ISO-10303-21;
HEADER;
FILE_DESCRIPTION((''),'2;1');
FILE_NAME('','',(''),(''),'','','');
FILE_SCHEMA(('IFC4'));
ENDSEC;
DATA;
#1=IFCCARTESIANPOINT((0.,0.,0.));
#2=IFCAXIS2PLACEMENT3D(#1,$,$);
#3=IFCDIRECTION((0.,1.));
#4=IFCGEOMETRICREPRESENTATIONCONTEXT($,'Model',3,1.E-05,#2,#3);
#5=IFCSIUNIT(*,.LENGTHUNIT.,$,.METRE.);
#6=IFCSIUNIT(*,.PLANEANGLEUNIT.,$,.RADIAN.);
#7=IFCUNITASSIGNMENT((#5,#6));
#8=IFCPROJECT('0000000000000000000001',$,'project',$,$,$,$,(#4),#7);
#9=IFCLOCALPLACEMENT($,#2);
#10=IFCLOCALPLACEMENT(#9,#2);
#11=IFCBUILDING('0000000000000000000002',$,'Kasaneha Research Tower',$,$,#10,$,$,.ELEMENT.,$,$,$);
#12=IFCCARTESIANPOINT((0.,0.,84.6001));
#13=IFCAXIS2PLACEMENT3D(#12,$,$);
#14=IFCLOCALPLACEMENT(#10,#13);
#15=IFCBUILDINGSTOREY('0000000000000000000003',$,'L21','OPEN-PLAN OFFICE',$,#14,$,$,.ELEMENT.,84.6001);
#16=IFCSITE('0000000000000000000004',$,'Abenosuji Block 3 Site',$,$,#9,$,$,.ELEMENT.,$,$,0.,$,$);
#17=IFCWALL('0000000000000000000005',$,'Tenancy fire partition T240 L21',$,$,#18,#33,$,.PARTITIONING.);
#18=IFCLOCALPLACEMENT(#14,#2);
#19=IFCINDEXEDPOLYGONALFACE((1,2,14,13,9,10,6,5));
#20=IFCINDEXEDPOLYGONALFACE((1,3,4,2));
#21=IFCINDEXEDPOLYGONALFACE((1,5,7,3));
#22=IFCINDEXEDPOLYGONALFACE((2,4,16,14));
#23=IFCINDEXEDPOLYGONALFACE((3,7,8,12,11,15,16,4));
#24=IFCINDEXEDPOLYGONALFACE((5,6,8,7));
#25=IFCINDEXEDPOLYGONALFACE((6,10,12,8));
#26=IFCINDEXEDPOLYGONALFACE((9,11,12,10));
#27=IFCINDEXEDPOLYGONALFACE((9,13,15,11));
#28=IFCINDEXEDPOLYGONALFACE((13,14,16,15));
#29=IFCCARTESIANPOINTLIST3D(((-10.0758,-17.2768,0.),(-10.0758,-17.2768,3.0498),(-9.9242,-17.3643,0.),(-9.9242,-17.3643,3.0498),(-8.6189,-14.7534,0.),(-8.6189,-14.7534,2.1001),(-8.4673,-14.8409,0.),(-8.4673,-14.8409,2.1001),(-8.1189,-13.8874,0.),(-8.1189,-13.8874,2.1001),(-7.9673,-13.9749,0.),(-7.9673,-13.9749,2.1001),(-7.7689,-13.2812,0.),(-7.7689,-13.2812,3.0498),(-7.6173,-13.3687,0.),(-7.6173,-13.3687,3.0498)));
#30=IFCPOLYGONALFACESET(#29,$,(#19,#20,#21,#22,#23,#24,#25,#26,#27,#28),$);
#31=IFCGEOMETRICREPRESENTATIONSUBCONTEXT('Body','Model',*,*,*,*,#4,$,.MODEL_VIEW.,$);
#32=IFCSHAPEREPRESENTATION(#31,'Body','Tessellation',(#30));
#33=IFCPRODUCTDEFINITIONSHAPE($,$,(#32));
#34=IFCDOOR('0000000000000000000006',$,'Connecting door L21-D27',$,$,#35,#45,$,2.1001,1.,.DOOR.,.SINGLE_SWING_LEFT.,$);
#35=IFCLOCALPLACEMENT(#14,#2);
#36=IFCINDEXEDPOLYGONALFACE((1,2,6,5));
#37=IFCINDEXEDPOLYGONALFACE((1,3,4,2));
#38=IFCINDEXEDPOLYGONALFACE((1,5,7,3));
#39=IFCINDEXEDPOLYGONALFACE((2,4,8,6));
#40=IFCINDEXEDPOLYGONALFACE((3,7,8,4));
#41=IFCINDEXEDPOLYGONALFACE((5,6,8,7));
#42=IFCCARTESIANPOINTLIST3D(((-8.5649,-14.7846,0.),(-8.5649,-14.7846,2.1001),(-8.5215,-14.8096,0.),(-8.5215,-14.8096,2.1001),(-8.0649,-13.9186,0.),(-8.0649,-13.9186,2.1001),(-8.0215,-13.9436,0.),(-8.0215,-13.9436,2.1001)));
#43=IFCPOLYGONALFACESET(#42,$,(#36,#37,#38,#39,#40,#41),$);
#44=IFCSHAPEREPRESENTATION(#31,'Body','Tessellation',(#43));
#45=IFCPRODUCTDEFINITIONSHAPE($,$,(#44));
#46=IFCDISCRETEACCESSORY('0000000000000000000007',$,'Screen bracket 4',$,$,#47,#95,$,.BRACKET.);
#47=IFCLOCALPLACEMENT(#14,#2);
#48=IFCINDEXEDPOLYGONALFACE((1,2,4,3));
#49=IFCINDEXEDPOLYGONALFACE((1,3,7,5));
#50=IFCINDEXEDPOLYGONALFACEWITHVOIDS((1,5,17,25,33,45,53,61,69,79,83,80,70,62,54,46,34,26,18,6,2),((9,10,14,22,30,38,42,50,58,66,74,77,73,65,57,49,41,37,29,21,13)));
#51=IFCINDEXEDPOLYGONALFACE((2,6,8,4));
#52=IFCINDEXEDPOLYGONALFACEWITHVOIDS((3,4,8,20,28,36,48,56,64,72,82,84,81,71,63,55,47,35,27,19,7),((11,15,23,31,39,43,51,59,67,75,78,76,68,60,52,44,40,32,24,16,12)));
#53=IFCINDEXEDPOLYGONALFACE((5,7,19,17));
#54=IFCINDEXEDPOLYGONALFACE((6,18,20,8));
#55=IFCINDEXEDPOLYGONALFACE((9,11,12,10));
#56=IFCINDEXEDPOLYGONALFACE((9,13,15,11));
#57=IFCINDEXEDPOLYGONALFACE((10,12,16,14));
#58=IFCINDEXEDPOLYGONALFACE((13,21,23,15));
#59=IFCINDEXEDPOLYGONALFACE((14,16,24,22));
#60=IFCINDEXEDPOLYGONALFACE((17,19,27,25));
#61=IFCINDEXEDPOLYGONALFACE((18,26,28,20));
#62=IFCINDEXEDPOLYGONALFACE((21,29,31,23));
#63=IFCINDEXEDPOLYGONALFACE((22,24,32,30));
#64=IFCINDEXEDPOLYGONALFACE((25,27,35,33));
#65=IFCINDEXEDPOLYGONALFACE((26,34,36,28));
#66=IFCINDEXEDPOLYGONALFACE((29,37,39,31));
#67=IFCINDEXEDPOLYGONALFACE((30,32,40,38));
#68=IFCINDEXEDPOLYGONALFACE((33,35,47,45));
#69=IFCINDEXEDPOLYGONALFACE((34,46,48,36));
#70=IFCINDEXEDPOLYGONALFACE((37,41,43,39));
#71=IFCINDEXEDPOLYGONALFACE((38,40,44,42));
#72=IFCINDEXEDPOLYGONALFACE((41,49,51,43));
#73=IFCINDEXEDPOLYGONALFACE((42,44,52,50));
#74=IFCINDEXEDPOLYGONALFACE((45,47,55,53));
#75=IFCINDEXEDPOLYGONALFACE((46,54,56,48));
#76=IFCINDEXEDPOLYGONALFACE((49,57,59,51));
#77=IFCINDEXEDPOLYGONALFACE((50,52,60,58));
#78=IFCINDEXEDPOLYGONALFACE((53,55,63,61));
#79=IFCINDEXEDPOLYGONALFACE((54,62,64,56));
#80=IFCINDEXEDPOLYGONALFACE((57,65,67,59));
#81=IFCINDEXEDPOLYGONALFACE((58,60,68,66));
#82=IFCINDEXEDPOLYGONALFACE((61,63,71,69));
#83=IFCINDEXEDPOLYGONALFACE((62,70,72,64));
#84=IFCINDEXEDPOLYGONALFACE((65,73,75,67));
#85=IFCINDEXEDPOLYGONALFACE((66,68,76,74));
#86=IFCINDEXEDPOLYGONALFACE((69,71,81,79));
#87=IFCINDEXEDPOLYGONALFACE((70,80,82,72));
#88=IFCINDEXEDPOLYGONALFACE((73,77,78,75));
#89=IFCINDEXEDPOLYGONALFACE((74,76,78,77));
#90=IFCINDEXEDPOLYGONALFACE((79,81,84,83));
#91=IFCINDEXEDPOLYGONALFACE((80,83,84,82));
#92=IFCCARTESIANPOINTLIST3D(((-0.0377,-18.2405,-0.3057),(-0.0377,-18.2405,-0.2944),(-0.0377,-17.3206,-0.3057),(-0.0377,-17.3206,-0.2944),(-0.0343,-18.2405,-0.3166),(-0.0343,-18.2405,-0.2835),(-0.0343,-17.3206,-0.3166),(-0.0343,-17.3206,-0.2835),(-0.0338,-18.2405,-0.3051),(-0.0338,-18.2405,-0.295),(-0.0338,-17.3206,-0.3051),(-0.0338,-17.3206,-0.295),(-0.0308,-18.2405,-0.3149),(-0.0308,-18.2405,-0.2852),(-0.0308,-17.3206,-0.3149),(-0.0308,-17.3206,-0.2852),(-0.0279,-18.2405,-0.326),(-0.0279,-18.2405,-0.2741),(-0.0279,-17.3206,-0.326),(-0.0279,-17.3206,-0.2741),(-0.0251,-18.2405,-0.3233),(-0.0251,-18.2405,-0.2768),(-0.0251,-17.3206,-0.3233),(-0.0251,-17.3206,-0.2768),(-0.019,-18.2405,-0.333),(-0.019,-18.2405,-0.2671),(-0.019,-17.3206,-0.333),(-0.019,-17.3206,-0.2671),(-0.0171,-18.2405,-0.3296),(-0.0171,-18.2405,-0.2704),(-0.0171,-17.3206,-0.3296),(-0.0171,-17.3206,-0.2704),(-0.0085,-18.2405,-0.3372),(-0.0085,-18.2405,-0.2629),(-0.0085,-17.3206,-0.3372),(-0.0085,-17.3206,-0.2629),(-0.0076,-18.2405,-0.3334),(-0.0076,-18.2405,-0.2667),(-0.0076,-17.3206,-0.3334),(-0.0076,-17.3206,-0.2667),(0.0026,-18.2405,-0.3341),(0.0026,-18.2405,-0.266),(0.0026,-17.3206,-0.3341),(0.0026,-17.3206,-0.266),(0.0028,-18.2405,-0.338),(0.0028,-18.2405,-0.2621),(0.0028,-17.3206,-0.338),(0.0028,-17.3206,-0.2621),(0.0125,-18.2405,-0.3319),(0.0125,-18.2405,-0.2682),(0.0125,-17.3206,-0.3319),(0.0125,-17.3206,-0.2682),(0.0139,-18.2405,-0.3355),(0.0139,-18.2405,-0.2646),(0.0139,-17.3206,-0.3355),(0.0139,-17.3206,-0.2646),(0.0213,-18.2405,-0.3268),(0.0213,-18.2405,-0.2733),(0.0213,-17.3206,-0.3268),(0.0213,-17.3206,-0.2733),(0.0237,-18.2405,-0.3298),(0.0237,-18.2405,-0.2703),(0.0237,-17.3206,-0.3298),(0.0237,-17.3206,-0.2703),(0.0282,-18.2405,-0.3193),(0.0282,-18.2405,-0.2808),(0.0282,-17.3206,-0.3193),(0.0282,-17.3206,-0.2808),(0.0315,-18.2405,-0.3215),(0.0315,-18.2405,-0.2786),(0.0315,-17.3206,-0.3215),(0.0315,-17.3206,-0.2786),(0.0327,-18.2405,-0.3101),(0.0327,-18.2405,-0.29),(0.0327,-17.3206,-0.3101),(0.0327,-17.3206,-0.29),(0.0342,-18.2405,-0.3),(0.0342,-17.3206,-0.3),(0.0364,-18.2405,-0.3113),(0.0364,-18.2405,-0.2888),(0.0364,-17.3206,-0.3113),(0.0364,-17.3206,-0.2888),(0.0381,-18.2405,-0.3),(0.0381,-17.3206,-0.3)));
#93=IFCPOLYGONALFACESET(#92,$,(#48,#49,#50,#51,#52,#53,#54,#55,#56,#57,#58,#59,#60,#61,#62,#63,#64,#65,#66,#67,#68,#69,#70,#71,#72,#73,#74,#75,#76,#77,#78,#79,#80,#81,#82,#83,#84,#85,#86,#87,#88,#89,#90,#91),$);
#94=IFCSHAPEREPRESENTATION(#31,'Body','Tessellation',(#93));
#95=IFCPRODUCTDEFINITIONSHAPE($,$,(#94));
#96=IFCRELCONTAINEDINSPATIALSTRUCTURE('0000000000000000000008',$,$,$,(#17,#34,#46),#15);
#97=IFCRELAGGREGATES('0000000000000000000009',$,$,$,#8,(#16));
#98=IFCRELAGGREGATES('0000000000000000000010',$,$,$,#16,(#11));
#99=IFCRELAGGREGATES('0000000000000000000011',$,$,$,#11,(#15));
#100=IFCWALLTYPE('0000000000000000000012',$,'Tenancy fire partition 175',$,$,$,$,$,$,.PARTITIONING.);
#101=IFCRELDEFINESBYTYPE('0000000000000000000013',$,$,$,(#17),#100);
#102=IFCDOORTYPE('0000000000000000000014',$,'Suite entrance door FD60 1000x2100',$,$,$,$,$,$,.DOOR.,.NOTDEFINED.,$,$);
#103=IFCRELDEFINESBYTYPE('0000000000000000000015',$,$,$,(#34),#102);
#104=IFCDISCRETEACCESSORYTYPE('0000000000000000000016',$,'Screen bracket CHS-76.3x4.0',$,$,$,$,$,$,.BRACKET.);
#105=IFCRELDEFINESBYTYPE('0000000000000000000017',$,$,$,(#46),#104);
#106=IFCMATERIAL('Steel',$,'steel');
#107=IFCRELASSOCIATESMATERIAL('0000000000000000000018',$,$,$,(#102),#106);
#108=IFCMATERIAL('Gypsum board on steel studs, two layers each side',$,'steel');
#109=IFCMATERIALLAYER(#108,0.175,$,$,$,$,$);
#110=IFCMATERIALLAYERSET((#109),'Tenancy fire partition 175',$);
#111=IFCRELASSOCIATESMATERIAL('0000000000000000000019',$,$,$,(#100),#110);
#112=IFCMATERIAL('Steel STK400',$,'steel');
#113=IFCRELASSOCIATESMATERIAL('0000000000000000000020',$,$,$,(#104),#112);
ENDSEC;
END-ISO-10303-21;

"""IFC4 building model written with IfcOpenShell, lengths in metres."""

from ifc_helpers import new_model, si_unit, direction, frame, frame_2d, origin, origin_2d, place, context, subcontext, project, spatial, rectangle, hollow_circle, extrude, material, layer, layer_set, material_profile, profile_set, type_object, element, fill, save


model = new_model("IFC4")

# Units and contexts
model_context = context("Model", 3, precision=1e-05, world=origin(), true_north=direction((0.0, 1.0)))
body_context = subcontext(model_context, "Body", "Model", "MODEL_VIEW")
ifc_project = project(units=[si_unit("LENGTHUNIT", "METRE"), si_unit("PLANEANGLEUNIT", "RADIAN")], contexts=[model_context])

# Site, building, storey
site_placement = place(None, origin())
site = spatial("IfcSite", under=ifc_project, at=site_placement, Name="Abenosuji Block 3 Site", CompositionType="ELEMENT", RefElevation=0.0)
building_placement = place(site_placement, origin())
building = spatial("IfcBuilding", under=site, at=building_placement, Name="Kasaneha Research Tower", CompositionType="ELEMENT")
storey_placement = place(building_placement, frame((0.0, 0.0, 84.6001)))
storey = spatial("IfcBuildingStorey", under=building, at=storey_placement, Name="L21", Description="OPEN-PLAN OFFICE", CompositionType="ELEMENT", Elevation=84.6001)

# Shared definitions
ifc_material_1 = material(Name="Steel", Category="steel")
door_type_1 = type_object("IfcDoorType", Name="Suite entrance door FD60 1000x2100", OperationType="NOTDEFINED", PredefinedType="DOOR", material=ifc_material_1)

# Wall, opening, door
ifc_material_2 = material(Name="Gypsum board on steel studs, two layers each side", Category="steel")
ifc_layer_1 = layer(ifc_material_2, 0.175)
ifc_layer_set_1 = layer_set([ifc_layer_1], Name="Tenancy fire partition 175")
wall_type_1 = type_object("IfcWallType", Name="Tenancy fire partition 175", PredefinedType="PARTITIONING", material=ifc_layer_set_1)
wall_1_placement = place(storey_placement, frame((-7.6931, -13.325, 0.0), z_axis=(0.0, 0.0, 1.0), x_axis=(-0.500003, -0.866023, 0.0)))
wall_1 = element("IfcWall", 1, at=wall_1_placement, inside=storey, type_object=wall_type_1, Name="Tenancy fire partition T240 L21", PredefinedType="PARTITIONING", context=body_context, shape_type="SweptSolid", body=[
    extrude(rectangle(XDim=4.6138, YDim=0.175, at=frame_2d((2.3069, 0.0))), origin(), (0.0, 0.0, 1.0), 3.0498),
])
opening_1_placement = place(wall_1_placement, frame((0.7, 0.0, 0.0)))
opening_1 = element("IfcOpeningElement", 2, at=opening_1_placement, cuts=wall_1, PredefinedType="OPENING", context=body_context, shape_type="SweptSolid", body=[
    extrude(rectangle(XDim=1.0, YDim=2.1001, at=frame_2d((0.5, 1.05))), frame((0.0, 0.0977, 0.0), z_axis=(0.0, -1.0, 0.0), x_axis=(1.0, 0.0, 0.0)), (0.0, 0.0, 1.0), 0.1951),
])
door_1_placement = place(opening_1_placement, origin())
door_1 = element("IfcDoor", 3, at=door_1_placement, inside=storey, type_object=door_type_1, Name="Connecting door L21-D27", OperationType="SINGLE_SWING_LEFT", OverallHeight=2.1001, OverallWidth=1.0, PredefinedType="DOOR", context=body_context, shape_type="SweptSolid", body=[
    extrude(rectangle(XDim=1.0, YDim=2.1001, at=frame_2d((0.5, 1.05))), frame((0.0, 0.0249, 0.0), z_axis=(0.0, -1.0, 0.0), x_axis=(1.0, 0.0, 0.0)), (0.0, 0.0, 1.0), 0.05),
])
fill(opening_1, door_1)

# Discrete accessory
ifc_material_3 = material(Name="Steel STK400", Category="steel")
ifc_material_profile_1 = material_profile(ifc_material_3, hollow_circle(Radius=0.0381, WallThickness=0.0039, at=origin_2d()), Name="CHS-76.3x4.0")
ifc_profile_set_1 = profile_set([ifc_material_profile_1], Name="Steel STK400")
discrete_accessory_type = type_object("IfcDiscreteAccessoryType", Name="Screen bracket CHS-76.3x4.0", PredefinedType="BRACKET", material=ifc_profile_set_1)
discrete_accessory_placement = place(storey_placement, frame((0.0, -17.3206, -0.3), z_axis=(0.0, -1.0, 0.0), x_axis=(1.0, 0.0, 0.0)))
element("IfcDiscreteAccessory", 4, at=discrete_accessory_placement, inside=storey, type_object=discrete_accessory_type, Name="Screen bracket 4", PredefinedType="BRACKET", context=body_context, shape_type="SweptSolid", body=[
    extrude(hollow_circle(Radius=0.0381, WallThickness=0.0039, at=origin_2d()), origin(), (0.0, 0.0, 1.0), 0.9199),
])

save(model, "model.ifc")
